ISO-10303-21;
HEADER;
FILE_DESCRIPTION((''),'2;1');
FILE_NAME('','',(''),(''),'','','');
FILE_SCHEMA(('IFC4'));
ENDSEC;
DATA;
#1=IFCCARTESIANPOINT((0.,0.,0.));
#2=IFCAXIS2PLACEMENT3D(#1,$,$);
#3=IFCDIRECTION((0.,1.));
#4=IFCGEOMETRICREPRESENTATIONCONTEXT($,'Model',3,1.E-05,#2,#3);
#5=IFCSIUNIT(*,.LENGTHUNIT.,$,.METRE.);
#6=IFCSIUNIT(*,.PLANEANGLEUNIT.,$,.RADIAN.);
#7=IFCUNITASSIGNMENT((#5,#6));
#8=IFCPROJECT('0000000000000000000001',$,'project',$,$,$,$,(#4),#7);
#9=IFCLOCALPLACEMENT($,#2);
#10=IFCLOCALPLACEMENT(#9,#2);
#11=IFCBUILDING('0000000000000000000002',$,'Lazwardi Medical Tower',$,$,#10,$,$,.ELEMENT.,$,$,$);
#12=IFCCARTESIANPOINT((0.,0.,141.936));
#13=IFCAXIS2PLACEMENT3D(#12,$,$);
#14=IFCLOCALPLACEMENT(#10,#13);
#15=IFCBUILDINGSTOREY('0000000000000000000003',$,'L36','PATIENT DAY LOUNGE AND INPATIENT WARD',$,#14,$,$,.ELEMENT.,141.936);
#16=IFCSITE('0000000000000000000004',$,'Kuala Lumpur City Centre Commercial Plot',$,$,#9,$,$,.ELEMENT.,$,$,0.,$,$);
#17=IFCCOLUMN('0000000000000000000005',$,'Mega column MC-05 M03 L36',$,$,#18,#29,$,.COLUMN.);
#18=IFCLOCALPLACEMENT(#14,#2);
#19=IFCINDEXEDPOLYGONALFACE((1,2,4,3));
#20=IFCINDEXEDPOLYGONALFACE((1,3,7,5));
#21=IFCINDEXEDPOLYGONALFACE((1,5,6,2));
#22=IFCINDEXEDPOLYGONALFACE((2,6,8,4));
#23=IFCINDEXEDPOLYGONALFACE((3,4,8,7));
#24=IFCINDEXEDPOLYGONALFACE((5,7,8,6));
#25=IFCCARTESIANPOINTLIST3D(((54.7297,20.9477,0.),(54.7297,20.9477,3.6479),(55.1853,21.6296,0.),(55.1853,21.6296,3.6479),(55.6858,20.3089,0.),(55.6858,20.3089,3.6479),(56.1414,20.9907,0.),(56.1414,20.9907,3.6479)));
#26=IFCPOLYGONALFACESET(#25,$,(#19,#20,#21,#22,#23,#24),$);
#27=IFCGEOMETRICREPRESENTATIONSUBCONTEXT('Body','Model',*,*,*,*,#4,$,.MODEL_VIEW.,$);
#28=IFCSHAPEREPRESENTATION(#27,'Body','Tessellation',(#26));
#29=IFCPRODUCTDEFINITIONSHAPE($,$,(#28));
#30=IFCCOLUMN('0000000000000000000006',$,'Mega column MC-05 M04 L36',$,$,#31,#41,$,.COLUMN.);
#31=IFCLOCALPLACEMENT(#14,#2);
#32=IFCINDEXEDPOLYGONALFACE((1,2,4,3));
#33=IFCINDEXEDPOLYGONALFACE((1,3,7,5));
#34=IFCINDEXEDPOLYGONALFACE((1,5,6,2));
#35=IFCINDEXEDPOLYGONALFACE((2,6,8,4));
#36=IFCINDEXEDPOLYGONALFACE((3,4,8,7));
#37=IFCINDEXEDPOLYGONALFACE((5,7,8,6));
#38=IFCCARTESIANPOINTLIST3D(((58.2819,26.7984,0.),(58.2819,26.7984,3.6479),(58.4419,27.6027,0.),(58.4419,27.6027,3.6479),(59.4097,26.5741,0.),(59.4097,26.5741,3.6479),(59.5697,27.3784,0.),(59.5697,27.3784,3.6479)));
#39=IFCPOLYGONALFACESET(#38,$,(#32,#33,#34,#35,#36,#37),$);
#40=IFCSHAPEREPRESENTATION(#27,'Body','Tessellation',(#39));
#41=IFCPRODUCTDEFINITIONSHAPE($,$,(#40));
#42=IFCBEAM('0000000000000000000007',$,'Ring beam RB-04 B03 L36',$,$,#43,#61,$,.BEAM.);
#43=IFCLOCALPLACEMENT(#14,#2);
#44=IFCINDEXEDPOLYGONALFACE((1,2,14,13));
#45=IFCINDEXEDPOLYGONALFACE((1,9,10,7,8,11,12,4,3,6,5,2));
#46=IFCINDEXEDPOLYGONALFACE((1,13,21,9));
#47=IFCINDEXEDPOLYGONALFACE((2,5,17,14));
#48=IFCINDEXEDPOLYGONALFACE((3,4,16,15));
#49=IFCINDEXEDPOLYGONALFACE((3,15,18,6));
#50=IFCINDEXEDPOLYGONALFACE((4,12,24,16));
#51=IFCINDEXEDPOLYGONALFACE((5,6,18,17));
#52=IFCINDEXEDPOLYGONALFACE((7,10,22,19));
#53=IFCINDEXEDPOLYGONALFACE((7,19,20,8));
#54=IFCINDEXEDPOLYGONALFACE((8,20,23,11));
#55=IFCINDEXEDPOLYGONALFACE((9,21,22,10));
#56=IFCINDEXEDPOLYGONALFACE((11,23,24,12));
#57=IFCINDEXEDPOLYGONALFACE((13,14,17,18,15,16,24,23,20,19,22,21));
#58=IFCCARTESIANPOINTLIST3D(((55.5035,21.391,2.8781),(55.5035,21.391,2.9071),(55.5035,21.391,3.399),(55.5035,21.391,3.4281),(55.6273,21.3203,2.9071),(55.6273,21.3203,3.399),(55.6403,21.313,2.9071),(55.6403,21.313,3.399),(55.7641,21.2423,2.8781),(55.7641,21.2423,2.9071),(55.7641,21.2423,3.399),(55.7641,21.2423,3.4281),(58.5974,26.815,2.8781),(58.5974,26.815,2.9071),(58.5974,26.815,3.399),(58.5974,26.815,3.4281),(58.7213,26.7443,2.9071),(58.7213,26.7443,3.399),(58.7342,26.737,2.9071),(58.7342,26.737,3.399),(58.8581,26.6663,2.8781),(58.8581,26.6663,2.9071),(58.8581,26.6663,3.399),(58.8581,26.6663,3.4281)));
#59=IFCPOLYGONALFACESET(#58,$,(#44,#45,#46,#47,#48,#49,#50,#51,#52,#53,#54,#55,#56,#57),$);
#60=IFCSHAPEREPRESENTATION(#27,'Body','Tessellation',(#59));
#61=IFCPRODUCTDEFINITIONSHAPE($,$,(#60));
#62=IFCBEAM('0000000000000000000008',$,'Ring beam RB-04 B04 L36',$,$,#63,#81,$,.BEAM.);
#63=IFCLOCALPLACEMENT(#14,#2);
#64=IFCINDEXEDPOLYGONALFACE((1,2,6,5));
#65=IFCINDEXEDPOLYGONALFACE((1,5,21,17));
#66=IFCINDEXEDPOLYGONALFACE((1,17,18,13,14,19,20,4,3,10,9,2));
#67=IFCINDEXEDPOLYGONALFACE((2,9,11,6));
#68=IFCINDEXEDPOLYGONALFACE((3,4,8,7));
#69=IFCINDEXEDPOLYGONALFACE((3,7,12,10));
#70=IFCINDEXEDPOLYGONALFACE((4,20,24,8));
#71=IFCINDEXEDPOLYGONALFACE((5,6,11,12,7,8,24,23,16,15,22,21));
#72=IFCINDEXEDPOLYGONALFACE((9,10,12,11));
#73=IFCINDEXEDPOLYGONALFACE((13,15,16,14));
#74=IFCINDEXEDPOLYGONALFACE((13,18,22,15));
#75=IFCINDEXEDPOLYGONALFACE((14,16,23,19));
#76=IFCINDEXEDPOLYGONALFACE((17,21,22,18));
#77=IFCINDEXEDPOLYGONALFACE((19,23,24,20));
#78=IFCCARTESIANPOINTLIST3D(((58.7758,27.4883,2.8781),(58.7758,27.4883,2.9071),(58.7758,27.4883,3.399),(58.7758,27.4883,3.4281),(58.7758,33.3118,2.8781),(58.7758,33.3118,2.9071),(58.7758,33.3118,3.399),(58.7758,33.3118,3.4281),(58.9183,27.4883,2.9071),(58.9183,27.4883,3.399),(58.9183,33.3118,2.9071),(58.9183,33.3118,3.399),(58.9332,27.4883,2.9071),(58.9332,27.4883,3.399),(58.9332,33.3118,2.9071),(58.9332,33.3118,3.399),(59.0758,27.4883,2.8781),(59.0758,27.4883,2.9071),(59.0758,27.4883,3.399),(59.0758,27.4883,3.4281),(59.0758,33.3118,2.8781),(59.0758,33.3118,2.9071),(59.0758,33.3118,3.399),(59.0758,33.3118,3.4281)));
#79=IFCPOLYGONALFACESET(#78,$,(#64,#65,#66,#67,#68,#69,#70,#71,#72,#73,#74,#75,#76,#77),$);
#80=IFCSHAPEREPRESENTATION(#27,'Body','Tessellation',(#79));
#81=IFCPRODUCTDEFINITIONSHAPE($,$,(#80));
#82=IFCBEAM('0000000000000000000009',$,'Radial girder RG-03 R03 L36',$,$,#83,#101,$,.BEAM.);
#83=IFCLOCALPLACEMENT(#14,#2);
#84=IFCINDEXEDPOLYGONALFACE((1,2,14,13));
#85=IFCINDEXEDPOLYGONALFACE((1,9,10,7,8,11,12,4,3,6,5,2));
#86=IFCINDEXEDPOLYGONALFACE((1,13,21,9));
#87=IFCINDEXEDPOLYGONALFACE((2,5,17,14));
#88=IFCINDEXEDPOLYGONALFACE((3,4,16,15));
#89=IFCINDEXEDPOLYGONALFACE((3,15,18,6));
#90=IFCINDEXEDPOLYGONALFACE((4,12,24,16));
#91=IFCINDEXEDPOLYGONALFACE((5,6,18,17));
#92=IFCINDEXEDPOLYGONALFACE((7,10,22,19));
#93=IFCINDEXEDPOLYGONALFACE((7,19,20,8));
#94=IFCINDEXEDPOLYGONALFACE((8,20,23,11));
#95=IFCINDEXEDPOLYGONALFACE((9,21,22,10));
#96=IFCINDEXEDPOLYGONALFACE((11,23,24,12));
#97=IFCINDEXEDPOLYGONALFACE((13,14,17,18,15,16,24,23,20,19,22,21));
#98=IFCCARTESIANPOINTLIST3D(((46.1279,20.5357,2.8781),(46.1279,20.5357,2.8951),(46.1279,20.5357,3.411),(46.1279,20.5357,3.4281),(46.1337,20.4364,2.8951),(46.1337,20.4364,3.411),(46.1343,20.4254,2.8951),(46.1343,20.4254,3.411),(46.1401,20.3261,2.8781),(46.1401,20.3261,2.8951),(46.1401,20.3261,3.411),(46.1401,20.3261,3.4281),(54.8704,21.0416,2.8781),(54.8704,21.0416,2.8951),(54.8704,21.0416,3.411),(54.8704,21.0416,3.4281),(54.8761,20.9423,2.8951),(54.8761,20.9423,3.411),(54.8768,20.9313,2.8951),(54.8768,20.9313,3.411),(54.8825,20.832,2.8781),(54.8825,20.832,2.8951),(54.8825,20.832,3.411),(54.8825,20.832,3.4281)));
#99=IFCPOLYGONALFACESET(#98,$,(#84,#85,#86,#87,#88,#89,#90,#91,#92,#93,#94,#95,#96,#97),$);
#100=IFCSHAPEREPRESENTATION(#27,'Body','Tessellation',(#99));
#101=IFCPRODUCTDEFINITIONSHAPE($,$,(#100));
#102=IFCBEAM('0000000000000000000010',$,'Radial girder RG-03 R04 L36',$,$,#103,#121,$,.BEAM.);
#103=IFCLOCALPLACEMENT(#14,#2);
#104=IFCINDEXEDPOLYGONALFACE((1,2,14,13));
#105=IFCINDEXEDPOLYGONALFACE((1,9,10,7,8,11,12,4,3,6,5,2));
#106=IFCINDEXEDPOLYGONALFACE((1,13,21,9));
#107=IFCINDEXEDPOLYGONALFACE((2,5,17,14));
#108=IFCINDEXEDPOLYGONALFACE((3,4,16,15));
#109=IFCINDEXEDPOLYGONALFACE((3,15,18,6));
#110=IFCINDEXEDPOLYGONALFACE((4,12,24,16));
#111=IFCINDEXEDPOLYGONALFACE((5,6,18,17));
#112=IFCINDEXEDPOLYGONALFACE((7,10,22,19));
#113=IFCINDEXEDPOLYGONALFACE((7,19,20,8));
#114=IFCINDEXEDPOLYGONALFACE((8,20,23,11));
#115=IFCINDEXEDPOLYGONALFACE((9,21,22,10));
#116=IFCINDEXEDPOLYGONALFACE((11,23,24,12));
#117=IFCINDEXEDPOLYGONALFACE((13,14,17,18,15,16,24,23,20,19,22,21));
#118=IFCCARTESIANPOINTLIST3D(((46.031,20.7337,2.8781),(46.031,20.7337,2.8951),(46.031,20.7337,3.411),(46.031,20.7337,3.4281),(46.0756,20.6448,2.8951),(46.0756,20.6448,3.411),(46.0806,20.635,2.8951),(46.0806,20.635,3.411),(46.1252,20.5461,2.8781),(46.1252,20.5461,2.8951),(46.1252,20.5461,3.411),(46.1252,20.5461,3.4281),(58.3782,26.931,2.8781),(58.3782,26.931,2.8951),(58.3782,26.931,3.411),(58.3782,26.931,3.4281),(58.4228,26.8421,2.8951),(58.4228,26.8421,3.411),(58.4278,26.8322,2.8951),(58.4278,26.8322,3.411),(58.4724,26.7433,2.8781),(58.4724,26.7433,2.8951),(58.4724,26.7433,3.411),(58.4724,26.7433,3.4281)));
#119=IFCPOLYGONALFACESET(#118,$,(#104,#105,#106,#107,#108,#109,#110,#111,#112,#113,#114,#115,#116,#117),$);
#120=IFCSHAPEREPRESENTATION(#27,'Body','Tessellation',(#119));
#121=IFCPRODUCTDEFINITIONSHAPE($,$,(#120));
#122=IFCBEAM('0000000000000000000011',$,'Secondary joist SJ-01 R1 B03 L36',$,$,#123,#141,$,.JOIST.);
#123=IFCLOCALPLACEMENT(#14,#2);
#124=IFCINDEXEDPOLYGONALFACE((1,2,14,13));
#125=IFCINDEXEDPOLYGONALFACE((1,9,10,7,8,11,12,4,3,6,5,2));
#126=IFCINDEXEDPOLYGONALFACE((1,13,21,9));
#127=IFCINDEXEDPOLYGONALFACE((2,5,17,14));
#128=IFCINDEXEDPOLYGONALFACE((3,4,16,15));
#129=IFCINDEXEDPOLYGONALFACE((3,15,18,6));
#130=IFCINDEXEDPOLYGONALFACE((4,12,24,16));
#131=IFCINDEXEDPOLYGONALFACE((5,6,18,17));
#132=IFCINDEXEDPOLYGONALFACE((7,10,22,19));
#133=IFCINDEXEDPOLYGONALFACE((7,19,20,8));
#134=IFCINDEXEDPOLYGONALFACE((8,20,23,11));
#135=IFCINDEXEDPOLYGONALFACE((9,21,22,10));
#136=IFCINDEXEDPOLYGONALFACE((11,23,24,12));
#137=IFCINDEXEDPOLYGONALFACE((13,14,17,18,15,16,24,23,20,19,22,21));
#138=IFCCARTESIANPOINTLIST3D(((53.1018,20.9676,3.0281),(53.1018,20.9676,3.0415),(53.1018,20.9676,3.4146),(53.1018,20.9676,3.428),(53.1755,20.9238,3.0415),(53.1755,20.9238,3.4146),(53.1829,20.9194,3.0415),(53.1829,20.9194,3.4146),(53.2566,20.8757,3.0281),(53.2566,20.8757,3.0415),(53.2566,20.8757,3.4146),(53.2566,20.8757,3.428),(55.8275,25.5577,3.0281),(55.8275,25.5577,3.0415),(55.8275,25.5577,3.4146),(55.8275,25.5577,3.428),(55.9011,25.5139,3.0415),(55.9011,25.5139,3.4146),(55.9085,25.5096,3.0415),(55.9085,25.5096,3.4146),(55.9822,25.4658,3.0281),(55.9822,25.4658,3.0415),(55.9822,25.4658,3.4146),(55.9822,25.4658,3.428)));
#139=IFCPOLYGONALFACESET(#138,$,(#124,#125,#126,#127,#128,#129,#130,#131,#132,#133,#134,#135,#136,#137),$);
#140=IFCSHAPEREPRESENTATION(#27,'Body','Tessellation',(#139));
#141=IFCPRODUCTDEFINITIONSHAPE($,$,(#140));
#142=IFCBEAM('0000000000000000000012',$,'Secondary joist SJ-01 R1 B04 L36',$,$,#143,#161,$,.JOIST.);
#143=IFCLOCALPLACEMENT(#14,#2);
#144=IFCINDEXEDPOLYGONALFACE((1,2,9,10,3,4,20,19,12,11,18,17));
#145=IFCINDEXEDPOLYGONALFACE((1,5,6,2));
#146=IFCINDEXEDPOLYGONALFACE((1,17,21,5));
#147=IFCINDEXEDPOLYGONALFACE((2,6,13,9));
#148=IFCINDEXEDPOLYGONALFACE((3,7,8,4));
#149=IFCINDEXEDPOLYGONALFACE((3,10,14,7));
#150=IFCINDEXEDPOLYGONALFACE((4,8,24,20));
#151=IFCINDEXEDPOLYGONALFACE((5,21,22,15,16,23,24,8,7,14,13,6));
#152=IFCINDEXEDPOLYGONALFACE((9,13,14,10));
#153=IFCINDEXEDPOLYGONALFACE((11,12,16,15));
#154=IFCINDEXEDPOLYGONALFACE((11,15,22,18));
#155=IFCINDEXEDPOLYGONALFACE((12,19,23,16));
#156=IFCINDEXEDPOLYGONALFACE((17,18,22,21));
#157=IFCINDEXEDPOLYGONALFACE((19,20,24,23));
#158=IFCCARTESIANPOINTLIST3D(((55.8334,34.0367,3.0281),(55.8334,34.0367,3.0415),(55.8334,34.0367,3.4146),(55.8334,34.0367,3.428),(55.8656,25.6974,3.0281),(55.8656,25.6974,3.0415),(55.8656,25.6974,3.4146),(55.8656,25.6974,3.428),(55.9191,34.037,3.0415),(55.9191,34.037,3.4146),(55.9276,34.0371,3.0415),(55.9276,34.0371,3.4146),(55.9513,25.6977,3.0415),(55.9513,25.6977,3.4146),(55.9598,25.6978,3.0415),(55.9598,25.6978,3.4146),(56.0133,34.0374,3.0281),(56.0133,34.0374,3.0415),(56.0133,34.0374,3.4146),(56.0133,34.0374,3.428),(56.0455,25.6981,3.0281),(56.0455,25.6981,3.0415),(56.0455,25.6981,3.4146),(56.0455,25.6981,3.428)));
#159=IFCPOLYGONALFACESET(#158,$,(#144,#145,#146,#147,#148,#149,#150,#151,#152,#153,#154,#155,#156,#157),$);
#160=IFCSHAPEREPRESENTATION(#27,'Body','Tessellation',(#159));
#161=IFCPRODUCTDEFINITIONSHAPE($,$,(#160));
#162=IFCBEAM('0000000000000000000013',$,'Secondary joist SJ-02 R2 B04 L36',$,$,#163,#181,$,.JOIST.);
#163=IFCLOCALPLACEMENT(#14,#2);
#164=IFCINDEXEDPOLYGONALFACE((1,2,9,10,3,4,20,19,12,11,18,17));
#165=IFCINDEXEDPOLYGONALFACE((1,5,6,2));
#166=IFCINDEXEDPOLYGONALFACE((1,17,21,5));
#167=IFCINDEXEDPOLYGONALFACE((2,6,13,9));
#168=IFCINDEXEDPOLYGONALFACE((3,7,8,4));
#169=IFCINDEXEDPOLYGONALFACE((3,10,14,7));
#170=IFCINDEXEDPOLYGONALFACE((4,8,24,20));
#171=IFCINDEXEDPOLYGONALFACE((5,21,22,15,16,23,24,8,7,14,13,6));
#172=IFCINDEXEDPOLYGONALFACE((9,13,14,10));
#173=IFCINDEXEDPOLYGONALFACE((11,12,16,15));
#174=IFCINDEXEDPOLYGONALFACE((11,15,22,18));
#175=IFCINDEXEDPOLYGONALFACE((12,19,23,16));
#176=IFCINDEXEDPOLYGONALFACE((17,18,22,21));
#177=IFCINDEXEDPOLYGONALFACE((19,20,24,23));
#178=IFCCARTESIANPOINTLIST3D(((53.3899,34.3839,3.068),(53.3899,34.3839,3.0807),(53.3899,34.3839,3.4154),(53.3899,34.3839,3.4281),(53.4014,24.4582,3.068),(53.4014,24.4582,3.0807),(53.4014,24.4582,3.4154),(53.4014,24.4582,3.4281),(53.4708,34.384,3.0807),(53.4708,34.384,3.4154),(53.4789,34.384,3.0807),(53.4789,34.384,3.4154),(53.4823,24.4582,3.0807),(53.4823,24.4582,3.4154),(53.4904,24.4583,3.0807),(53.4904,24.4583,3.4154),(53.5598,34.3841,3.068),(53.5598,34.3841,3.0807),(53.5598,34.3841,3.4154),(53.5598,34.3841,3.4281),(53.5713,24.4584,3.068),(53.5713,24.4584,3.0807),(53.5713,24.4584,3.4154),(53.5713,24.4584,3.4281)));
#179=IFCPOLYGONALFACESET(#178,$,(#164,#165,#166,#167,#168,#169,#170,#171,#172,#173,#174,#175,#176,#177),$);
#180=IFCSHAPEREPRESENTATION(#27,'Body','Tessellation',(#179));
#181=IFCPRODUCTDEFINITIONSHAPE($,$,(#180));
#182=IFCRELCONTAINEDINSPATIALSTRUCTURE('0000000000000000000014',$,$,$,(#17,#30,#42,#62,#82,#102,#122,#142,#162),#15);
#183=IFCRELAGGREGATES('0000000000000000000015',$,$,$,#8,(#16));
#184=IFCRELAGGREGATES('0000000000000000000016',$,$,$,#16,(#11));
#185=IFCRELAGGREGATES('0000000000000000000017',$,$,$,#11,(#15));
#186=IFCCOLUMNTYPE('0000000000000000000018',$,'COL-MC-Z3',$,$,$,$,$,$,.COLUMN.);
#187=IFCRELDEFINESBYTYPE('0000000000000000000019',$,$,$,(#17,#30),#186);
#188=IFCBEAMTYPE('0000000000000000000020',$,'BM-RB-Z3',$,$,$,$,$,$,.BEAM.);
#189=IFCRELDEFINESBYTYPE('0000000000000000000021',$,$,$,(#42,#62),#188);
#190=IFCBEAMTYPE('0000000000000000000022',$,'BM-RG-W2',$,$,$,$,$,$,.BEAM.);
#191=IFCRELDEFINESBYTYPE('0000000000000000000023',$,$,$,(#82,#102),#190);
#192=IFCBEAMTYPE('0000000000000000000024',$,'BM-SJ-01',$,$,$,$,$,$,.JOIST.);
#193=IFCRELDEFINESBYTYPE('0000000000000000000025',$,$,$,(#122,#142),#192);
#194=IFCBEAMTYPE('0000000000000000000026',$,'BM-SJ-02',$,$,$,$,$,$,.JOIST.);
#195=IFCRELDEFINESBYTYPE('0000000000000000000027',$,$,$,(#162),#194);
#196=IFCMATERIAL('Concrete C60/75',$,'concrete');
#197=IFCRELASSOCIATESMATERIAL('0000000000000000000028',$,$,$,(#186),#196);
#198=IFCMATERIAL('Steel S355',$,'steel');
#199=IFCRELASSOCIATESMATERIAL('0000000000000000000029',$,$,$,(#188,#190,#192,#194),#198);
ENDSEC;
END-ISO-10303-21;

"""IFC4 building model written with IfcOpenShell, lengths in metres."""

from ifc_helpers import new_model, si_unit, direction, frame, origin, origin_2d, place, context, subcontext, project, spatial, rectangle, i_section, extrude, material, material_profile, profile_set, type_object, element, save


model = new_model("IFC4")

# Units and contexts
model_context = context("Model", 3, precision=1e-05, world=origin(), true_north=direction((0.0, 1.0)))
body_context = subcontext(model_context, "Body", "Model", "MODEL_VIEW")
ifc_project = project(units=[si_unit("LENGTHUNIT", "METRE"), si_unit("PLANEANGLEUNIT", "RADIAN")], contexts=[model_context])

# Site, building, storey
site_placement = place(None, origin())
site = spatial("IfcSite", under=ifc_project, at=site_placement, Name="Kuala Lumpur City Centre Commercial Plot", CompositionType="ELEMENT", RefElevation=0.0)
building_placement = place(site_placement, origin())
building = spatial("IfcBuilding", under=site, at=building_placement, Name="Lazwardi Medical Tower", CompositionType="ELEMENT")
storey_placement = place(building_placement, frame((0.0, 0.0, 141.936)))
storey = spatial("IfcBuildingStorey", under=building, at=storey_placement, Name="L36", Description="PATIENT DAY LOUNGE AND INPATIENT WARD", CompositionType="ELEMENT", Elevation=141.936)

# Columns
ifc_material_1 = material(Name="Concrete C60/75", Category="concrete")
ifc_material_profile_1 = material_profile(ifc_material_1, rectangle(XDim=1.1499, YDim=0.8201, at=origin_2d()), Name="CFT-RECT 1150x820")
ifc_profile_set_1 = profile_set([ifc_material_profile_1], Name="Concrete C60/75")
column_type = type_object("IfcColumnType", Name="COL-MC-Z3", PredefinedType="COLUMN", material=ifc_profile_set_1)
for number, where, z_axis, x_axis, name in (
    (1, (55.4355, 20.9692, 0.0), (0.0, 0.0, 1.0), (0.83147, -0.55557, 0.0), "Mega column MC-05 M03 L36"),
    (2, (58.9258, 27.0884, 0.0), (0.0, 0.0, 1.0), (0.980785, -0.19509, 0.0), "Mega column MC-05 M04 L36"),
):
    element("IfcColumn", number, at=place(storey_placement, frame(where, z_axis=z_axis, x_axis=x_axis)), inside=storey, type_object=column_type, Name=name, PredefinedType="COLUMN", context=body_context, shape_type="SweptSolid", body=[
        extrude(rectangle(XDim=1.1499, YDim=0.8201, at=origin_2d()), origin(), (0.0, 0.0, 1.0), 3.6479),
    ])

# Beams
ifc_material_2 = material(Name="Steel S355", Category="steel")
ifc_material_profile_2 = material_profile(ifc_material_2, i_section(OverallWidth=0.3, OverallDepth=0.55, WebThickness=0.0149, FlangeThickness=0.0291, at=origin_2d()), Name="HEB 550")
ifc_profile_set_2 = profile_set([ifc_material_profile_2], Name="Steel S355")
beam_type_1 = type_object("IfcBeamType", Name="BM-RB-Z3", PredefinedType="BEAM", material=ifc_profile_set_2)
beam_1_placement = place(storey_placement, frame((55.6338, 21.3167, 3.1531), z_axis=(0.495478, 0.868621, 0.0), x_axis=(-0.868621, 0.495478, 0.0)))
element("IfcBeam", 3, at=beam_1_placement, inside=storey, type_object=beam_type_1, Name="Ring beam RB-04 B03 L36", PredefinedType="BEAM", context=body_context, shape_type="SweptSolid", body=[
    extrude(i_section(OverallWidth=0.3, OverallDepth=0.55, WebThickness=0.0149, FlangeThickness=0.0291, at=origin_2d()), origin(), (0.0, 0.0, 1.0), 6.2444),
])
beam_2_placement = place(storey_placement, frame((58.9258, 27.4883, 3.1531), z_axis=(0.0, 1.0, 0.0), x_axis=(-1.0, 0.0, 0.0)))
element("IfcBeam", 4, at=beam_2_placement, inside=storey, type_object=beam_type_1, Name="Ring beam RB-04 B04 L36", PredefinedType="BEAM", context=body_context, shape_type="SweptSolid", body=[
    extrude(i_section(OverallWidth=0.3, OverallDepth=0.55, WebThickness=0.0149, FlangeThickness=0.0291, at=origin_2d()), origin(), (0.0, 0.0, 1.0), 5.8235),
])
ifc_material_profile_3 = material_profile(ifc_material_2, i_section(OverallWidth=0.21, OverallDepth=0.55, WebThickness=0.011, FlangeThickness=0.0171, at=origin_2d()), Name="IPE 550")
ifc_profile_set_3 = profile_set([ifc_material_profile_3], Name="Steel S355")
beam_type_2 = type_object("IfcBeamType", Name="BM-RG-W2", PredefinedType="BEAM", material=ifc_profile_set_3)
beam_3_placement = place(storey_placement, frame((54.8765, 20.9368, 3.1531), z_axis=(-0.99833, -0.057766, 0.0), x_axis=(0.057766, -0.99833, 0.0)))
element("IfcBeam", 5, at=beam_3_placement, inside=storey, type_object=beam_type_2, Name="Radial girder RG-03 R03 L36", PredefinedType="BEAM", context=body_context, shape_type="SweptSolid", body=[
    extrude(i_section(OverallWidth=0.21, OverallDepth=0.55, WebThickness=0.011, FlangeThickness=0.0171, at=origin_2d()), origin(), (0.0, 0.0, 1.0), 8.7571),
])
beam_4_placement = place(storey_placement, frame((58.4253, 26.8372, 3.1531), z_axis=(-0.89374, -0.448584, 0.0), x_axis=(0.448584, -0.89374, 0.0)))
element("IfcBeam", 6, at=beam_4_placement, inside=storey, type_object=beam_type_2, Name="Radial girder RG-03 R04 L36", PredefinedType="BEAM", context=body_context, shape_type="SweptSolid", body=[
    extrude(i_section(OverallWidth=0.21, OverallDepth=0.55, WebThickness=0.011, FlangeThickness=0.0171, at=origin_2d()), origin(), (0.0, 0.0, 1.0), 13.8152),
])
ifc_material_profile_4 = material_profile(ifc_material_2, i_section(OverallWidth=0.1799, OverallDepth=0.3999, WebThickness=0.0085, FlangeThickness=0.0134, at=origin_2d()), Name="IPE 400")
ifc_profile_set_4 = profile_set([ifc_material_profile_4], Name="Steel S355")
beam_type_3 = type_object("IfcBeamType", Name="BM-SJ-01", PredefinedType="JOIST", material=ifc_profile_set_4)
beam_5_placement = place(storey_placement, frame((53.1792, 20.9216, 3.228), z_axis=(0.510569, 0.859837, 0.0), x_axis=(-0.859837, 0.510569, 0.0)))
element("IfcBeam", 7, at=beam_5_placement, inside=storey, type_object=beam_type_3, Name="Secondary joist SJ-01 R1 B03 L36", PredefinedType="JOIST", context=body_context, shape_type="SweptSolid", body=[
    extrude(i_section(OverallWidth=0.1799, OverallDepth=0.3999, WebThickness=0.0085, FlangeThickness=0.0134, at=origin_2d()), origin(), (0.0, 0.0, 1.0), 5.3384),
])
beam_6_placement = place(storey_placement, frame((55.9556, 25.6978, 3.228), z_axis=(-0.003864, 0.999993, 0.0), x_axis=(-0.999993, -0.003864, 0.0)))
element("IfcBeam", 8, at=beam_6_placement, inside=storey, type_object=beam_type_3, Name="Secondary joist SJ-01 R1 B04 L36", PredefinedType="JOIST", context=body_context, shape_type="SweptSolid", body=[
    extrude(i_section(OverallWidth=0.1799, OverallDepth=0.3999, WebThickness=0.0085, FlangeThickness=0.0134, at=origin_2d()), origin(), (0.0, 0.0, 1.0), 8.3394),
])
ifc_material_profile_5 = material_profile(ifc_material_2, i_section(OverallWidth=0.1699, OverallDepth=0.3601, WebThickness=0.0081, FlangeThickness=0.0127, at=origin_2d()), Name="IPE 360")
ifc_profile_set_5 = profile_set([ifc_material_profile_5], Name="Steel S355")
beam_type_4 = type_object("IfcBeamType", Name="BM-SJ-02", PredefinedType="JOIST", material=ifc_profile_set_5)
beam_7_placement = place(storey_placement, frame((53.4863, 24.4583, 3.248), z_axis=(-0.001156, 0.999999, 0.0), x_axis=(-0.999999, -0.001156, 0.0)))
element("IfcBeam", 9, at=beam_7_placement, inside=storey, type_object=beam_type_4, Name="Secondary joist SJ-02 R2 B04 L36", PredefinedType="JOIST", context=body_context, shape_type="SweptSolid", body=[
    extrude(i_section(OverallWidth=0.1699, OverallDepth=0.3601, WebThickness=0.0081, FlangeThickness=0.0127, at=origin_2d()), origin(), (0.0, 0.0, 1.0), 9.9258),
])

save(model, "model.ifc")
